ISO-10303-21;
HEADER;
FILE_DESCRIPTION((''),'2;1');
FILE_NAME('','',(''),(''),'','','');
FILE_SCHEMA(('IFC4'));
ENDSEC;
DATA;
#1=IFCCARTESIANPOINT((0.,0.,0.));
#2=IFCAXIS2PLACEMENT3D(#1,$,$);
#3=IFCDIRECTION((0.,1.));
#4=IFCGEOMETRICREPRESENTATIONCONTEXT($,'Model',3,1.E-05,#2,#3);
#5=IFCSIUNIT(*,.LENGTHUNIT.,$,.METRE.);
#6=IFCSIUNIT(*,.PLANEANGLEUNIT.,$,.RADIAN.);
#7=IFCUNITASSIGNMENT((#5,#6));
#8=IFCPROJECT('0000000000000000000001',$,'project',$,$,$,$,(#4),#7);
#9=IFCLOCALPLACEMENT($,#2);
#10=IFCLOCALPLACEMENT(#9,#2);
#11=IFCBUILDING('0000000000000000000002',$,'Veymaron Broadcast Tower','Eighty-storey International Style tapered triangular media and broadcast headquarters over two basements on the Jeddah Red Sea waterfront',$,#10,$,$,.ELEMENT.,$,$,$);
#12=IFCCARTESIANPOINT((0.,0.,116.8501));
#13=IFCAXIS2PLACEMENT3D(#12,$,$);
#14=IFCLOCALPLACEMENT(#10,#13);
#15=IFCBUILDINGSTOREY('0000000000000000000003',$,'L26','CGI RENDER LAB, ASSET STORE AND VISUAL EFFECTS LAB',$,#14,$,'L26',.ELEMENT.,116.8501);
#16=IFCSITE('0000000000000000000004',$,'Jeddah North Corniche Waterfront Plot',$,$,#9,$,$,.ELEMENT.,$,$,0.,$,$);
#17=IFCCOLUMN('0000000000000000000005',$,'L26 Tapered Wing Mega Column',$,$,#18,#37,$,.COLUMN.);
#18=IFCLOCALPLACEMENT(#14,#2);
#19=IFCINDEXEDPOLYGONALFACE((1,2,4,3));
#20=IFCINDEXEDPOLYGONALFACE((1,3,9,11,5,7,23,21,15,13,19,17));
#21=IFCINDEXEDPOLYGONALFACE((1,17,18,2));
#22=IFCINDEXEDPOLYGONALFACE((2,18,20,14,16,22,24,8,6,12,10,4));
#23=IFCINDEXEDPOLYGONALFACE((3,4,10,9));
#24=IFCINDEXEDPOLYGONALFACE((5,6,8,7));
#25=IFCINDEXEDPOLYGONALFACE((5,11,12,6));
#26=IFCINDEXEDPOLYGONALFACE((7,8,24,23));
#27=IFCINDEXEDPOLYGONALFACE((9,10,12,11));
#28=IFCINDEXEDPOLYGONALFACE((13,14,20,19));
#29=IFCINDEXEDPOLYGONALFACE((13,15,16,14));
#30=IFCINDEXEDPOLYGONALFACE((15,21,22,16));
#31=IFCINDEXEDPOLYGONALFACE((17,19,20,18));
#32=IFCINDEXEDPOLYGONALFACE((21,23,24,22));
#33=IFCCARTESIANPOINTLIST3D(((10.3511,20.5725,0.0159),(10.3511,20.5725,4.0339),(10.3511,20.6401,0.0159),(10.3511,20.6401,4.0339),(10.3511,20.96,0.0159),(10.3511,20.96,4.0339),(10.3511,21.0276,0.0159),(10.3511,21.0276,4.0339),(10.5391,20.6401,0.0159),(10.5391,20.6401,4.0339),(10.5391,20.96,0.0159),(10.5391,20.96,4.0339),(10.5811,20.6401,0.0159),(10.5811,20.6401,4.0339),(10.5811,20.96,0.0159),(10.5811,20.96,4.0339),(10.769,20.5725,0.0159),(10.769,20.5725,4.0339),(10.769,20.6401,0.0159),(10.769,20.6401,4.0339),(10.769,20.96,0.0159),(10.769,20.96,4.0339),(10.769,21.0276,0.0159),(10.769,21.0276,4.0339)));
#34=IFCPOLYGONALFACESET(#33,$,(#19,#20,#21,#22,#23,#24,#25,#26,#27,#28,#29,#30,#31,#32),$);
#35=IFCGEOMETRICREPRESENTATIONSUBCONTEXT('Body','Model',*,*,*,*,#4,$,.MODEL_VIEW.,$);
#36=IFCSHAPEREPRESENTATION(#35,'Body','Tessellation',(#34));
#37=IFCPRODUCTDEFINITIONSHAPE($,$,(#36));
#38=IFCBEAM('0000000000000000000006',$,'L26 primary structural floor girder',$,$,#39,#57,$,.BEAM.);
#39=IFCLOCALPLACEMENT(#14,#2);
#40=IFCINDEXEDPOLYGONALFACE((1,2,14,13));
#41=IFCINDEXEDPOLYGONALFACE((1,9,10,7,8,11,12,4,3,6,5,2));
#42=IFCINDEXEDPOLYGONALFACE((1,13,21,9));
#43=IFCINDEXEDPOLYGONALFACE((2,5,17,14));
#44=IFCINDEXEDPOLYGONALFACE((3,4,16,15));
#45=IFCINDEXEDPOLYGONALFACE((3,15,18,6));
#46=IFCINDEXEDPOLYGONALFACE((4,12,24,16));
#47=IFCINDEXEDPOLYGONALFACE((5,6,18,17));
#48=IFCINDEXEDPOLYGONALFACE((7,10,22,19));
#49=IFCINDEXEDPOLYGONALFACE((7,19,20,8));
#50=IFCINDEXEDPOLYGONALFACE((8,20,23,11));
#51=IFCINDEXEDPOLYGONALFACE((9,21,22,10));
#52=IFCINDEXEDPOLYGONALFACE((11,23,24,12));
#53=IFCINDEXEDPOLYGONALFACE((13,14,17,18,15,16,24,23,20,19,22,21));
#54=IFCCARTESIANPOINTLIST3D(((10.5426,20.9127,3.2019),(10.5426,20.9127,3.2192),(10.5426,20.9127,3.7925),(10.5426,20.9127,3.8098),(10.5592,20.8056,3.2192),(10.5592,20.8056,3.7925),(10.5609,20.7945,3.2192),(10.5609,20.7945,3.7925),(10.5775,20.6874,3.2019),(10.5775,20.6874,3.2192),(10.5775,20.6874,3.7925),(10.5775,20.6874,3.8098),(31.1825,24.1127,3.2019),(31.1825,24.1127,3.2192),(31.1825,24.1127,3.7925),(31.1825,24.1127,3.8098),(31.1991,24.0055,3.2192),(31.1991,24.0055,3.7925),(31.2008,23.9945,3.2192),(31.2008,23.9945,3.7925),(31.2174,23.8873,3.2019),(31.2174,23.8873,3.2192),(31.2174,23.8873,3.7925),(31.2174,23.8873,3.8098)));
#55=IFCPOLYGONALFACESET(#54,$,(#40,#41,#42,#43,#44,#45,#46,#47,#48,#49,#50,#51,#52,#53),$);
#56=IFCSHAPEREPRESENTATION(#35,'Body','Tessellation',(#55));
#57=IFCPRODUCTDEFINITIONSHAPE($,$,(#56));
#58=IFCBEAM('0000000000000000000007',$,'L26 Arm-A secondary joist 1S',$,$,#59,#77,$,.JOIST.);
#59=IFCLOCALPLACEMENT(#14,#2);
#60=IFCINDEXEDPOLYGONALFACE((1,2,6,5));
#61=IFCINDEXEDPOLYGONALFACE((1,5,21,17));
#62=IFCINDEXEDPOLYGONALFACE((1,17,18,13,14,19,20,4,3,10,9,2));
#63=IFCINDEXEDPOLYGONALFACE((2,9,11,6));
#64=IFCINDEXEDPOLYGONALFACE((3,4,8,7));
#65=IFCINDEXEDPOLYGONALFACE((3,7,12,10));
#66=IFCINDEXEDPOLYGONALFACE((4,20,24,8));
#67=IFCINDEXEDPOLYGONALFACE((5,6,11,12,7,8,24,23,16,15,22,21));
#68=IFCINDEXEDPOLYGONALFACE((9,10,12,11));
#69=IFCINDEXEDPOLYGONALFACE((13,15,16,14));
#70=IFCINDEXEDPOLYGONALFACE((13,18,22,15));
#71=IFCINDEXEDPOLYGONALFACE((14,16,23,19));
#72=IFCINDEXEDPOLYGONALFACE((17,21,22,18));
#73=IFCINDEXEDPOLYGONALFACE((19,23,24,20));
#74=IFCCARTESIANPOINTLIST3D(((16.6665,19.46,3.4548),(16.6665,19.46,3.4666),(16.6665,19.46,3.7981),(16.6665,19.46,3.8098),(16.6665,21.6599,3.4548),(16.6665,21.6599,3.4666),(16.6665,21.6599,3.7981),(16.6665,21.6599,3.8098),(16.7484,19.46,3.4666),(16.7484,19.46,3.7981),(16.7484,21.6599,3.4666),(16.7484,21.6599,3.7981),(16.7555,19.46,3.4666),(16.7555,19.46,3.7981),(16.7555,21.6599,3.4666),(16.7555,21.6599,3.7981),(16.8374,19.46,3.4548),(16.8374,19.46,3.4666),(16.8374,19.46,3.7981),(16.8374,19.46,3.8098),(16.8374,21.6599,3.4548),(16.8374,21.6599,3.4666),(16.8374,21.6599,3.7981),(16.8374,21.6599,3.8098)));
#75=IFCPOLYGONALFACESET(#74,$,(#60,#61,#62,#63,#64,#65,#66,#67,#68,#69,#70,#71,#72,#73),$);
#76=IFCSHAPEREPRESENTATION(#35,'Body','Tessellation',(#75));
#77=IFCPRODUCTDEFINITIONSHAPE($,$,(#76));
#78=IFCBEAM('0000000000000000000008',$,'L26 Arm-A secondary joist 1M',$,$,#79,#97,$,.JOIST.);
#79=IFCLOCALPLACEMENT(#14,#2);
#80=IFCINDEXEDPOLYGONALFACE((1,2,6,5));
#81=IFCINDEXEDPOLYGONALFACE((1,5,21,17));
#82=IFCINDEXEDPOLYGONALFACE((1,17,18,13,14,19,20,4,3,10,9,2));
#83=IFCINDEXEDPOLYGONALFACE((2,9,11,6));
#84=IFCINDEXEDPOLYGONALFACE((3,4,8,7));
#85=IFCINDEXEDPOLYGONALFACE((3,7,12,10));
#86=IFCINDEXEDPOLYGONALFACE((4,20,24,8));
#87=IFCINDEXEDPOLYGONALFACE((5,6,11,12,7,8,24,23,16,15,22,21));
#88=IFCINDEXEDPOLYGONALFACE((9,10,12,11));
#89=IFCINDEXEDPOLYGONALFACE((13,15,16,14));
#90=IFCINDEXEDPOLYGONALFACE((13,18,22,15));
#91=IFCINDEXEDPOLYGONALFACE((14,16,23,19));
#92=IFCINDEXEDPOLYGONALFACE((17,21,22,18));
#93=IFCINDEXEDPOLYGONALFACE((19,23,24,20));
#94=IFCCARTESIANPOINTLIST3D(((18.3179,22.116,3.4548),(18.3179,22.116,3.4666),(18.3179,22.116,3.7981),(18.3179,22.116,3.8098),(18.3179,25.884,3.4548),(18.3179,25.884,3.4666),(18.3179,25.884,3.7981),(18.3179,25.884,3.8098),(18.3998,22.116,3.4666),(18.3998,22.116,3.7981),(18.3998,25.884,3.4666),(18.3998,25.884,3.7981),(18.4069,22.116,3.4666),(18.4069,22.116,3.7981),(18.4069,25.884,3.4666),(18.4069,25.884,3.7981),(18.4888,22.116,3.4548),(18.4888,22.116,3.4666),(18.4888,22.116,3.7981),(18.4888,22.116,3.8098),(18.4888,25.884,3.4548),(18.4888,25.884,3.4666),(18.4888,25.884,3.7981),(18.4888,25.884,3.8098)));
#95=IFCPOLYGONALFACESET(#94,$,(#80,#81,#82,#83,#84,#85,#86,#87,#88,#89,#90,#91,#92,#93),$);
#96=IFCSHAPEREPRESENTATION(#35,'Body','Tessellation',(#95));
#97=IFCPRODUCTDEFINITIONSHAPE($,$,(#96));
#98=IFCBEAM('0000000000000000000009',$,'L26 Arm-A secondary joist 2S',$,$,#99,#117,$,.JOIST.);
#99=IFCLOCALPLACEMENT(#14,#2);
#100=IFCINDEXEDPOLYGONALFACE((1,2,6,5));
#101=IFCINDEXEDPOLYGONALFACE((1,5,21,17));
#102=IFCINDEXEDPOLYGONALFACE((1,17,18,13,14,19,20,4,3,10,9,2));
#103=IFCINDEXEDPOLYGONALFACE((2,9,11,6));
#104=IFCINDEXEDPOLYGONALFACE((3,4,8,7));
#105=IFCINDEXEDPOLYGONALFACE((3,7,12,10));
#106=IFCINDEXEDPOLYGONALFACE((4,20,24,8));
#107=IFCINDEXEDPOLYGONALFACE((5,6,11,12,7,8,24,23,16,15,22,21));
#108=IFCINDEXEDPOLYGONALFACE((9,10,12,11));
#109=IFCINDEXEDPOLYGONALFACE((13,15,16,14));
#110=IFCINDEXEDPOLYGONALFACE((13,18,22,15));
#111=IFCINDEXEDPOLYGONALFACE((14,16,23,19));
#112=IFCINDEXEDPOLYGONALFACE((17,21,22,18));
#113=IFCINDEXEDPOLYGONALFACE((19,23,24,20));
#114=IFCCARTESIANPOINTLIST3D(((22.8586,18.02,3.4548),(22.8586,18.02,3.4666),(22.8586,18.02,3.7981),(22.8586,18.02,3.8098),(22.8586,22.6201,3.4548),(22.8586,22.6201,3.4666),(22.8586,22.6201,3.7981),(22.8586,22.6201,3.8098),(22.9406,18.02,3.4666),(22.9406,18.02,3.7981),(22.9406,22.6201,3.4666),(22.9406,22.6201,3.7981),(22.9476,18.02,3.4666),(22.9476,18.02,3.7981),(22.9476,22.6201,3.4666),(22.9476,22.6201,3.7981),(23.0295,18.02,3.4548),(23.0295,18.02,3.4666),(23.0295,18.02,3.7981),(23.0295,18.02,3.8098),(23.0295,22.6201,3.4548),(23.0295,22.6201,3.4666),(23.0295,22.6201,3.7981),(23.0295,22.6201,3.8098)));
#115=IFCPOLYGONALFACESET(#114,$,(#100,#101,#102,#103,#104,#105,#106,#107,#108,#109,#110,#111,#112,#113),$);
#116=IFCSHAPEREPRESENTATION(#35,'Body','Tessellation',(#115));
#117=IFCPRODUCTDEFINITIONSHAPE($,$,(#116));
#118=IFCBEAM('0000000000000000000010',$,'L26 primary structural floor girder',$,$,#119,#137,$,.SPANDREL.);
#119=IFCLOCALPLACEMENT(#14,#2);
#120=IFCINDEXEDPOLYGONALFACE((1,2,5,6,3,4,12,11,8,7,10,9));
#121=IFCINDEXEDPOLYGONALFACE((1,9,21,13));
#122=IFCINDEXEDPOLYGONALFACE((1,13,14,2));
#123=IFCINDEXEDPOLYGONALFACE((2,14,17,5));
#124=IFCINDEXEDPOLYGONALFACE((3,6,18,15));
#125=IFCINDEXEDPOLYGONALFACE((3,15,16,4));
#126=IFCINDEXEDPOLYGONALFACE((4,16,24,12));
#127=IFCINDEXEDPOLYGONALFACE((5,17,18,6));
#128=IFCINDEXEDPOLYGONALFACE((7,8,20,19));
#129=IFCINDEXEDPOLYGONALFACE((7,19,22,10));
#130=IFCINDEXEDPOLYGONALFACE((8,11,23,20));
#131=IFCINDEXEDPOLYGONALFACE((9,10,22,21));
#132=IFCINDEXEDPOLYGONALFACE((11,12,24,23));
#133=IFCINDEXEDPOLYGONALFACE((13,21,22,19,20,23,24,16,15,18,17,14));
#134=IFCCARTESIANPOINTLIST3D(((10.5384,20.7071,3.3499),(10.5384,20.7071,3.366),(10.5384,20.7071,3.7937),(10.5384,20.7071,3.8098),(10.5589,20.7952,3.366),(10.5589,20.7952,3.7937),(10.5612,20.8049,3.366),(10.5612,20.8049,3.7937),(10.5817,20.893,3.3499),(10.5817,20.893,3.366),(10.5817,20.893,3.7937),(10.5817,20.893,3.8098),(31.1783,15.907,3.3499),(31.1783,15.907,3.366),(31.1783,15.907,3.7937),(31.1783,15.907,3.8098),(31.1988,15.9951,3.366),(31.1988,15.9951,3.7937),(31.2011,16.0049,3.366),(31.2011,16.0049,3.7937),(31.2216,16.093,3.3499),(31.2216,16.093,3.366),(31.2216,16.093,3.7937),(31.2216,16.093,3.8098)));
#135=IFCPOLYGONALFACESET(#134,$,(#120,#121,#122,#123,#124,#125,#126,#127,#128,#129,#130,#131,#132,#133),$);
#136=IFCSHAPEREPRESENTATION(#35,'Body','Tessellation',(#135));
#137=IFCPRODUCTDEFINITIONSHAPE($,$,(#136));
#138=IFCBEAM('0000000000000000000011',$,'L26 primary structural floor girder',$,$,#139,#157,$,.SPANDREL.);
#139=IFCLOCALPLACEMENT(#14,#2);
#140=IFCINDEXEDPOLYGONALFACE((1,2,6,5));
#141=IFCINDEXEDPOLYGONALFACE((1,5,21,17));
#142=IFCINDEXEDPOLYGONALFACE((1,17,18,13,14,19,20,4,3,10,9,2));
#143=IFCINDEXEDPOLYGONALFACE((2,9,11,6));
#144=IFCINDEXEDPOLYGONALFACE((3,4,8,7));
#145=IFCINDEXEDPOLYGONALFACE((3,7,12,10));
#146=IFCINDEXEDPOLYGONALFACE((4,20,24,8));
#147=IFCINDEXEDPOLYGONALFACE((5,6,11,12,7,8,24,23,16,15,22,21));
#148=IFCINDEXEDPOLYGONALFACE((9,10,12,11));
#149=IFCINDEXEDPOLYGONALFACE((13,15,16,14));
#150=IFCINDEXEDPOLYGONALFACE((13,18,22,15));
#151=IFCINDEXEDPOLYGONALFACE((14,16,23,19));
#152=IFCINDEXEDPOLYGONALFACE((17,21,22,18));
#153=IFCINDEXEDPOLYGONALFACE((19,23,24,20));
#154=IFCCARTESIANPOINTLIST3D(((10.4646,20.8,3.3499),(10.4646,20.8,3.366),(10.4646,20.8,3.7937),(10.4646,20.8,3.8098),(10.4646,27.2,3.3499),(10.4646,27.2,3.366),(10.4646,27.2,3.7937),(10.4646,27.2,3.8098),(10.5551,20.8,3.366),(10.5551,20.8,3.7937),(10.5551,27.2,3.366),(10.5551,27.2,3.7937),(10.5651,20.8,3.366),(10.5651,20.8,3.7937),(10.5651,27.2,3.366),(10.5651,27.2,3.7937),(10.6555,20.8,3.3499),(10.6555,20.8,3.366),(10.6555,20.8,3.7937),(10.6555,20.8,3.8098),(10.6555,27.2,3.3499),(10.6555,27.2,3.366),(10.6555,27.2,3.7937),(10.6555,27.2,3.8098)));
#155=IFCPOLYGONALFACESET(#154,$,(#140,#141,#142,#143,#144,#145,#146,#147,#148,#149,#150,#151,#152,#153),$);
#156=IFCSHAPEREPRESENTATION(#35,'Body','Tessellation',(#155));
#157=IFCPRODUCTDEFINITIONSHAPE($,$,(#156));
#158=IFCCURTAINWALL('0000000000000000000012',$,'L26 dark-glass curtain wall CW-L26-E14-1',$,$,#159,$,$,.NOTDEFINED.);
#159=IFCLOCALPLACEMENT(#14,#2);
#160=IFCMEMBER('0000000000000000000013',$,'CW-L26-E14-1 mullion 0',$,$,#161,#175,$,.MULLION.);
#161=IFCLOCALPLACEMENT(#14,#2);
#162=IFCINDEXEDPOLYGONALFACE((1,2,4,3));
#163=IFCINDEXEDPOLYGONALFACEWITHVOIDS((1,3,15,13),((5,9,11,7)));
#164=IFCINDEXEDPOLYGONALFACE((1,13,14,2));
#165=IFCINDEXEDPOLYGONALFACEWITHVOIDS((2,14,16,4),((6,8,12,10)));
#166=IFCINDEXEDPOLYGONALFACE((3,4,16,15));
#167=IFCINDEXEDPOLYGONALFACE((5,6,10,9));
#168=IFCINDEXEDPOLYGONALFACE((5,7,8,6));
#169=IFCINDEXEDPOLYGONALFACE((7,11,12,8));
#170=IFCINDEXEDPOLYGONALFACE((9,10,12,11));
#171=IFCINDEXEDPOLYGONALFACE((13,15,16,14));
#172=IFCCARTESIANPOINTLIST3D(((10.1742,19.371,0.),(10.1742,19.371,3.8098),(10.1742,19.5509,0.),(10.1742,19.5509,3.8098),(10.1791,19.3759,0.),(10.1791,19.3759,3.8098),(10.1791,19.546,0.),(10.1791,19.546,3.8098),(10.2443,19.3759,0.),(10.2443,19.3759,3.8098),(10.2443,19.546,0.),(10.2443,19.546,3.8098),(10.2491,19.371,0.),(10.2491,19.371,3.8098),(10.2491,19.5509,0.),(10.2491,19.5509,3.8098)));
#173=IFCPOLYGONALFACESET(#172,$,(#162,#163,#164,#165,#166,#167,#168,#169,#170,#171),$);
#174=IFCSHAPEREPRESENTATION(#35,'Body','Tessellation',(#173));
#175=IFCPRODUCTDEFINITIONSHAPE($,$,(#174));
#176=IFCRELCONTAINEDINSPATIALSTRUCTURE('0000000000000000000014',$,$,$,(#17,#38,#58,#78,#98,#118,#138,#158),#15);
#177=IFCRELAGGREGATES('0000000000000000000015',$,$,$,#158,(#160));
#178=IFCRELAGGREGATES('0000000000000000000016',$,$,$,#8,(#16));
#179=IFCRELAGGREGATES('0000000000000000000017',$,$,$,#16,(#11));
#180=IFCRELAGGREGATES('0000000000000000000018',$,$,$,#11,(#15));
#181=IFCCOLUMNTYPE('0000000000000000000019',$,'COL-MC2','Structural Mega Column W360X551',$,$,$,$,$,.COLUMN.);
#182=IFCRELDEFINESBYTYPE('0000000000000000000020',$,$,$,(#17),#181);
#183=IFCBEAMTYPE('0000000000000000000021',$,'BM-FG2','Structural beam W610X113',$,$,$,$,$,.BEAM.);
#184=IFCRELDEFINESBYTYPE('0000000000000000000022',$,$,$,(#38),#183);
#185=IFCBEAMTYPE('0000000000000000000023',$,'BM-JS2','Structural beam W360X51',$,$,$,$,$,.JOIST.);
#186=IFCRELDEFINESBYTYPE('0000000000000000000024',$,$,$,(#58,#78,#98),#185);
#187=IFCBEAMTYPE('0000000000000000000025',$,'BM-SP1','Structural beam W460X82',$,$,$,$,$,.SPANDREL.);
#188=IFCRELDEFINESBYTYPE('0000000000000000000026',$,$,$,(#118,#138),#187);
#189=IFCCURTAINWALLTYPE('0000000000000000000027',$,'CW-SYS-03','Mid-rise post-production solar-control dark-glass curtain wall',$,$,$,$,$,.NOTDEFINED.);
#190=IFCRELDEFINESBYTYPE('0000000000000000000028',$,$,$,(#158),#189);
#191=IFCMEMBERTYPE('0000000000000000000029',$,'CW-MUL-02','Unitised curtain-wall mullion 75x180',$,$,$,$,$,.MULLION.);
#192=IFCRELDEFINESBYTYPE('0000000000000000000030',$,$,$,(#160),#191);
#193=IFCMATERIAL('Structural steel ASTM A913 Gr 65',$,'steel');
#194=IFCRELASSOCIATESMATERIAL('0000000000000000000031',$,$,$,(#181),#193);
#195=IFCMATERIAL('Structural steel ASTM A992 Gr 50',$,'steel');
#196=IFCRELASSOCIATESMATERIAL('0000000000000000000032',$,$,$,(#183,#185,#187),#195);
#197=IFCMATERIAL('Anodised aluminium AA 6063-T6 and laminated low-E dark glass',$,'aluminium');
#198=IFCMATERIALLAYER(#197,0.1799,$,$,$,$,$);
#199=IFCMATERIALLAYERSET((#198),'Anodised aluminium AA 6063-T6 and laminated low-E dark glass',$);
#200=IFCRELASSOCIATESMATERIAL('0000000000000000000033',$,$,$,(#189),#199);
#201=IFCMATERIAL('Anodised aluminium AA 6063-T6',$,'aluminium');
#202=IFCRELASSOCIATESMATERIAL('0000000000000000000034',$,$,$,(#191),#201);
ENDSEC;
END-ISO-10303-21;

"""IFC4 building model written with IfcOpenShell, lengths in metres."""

from ifc_helpers import new_model, si_unit, direction, frame, origin, origin_2d, place, context, subcontext, project, spatial, hollow_rectangle, i_section, extrude, material, layer, layer_set, material_profile, profile_set, type_object, element, aggregate, save


model = new_model("IFC4")

# Units and contexts
model_context = context("Model", 3, precision=1e-05, world=origin(), true_north=direction((0.0, 1.0)))
body_context = subcontext(model_context, "Body", "Model", "MODEL_VIEW")
ifc_project = project(units=[si_unit("LENGTHUNIT", "METRE"), si_unit("PLANEANGLEUNIT", "RADIAN")], contexts=[model_context])

# Site, building, storey
site_placement = place(None, origin())
site = spatial("IfcSite", under=ifc_project, at=site_placement, Name="Jeddah North Corniche Waterfront Plot", CompositionType="ELEMENT", RefElevation=0.0)
building_placement = place(site_placement, origin())
building = spatial("IfcBuilding", under=site, at=building_placement, Name="Veymaron Broadcast Tower", Description="Eighty-storey International Style tapered triangular media and broadcast headquarters over two basements on the Jeddah Red Sea waterfront", CompositionType="ELEMENT")
storey_placement = place(building_placement, frame((0.0, 0.0, 116.8501)))
storey = spatial("IfcBuildingStorey", under=building, at=storey_placement, Name="L26", Description="CGI RENDER LAB, ASSET STORE AND VISUAL EFFECTS LAB", LongName="L26", CompositionType="ELEMENT", Elevation=116.8501)

# Column
ifc_material_1 = material(Name="Structural steel ASTM A913 Gr 65", Category="steel")
ifc_material_profile_1 = material_profile(ifc_material_1, i_section(OverallWidth=0.418, OverallDepth=0.4551, WebThickness=0.042, FlangeThickness=0.0676, at=origin_2d()), Name="W360X551")
ifc_profile_set_1 = profile_set([ifc_material_profile_1], Name="Structural steel ASTM A913 Gr 65")
column_type = type_object("IfcColumnType", Name="COL-MC2", Description="Structural Mega Column W360X551", PredefinedType="COLUMN", material=ifc_profile_set_1)
column_placement = place(storey_placement, frame((10.5601, 20.8, 0.0159), z_axis=(0.0, 0.0, 1.0), x_axis=(1.0, 0.0, 0.0)))
element("IfcColumn", 1, at=column_placement, inside=storey, type_object=column_type, Name="L26 Tapered Wing Mega Column", PredefinedType="COLUMN", context=body_context, shape_type="SweptSolid", body=[
    extrude(i_section(OverallWidth=0.418, OverallDepth=0.4551, WebThickness=0.042, FlangeThickness=0.0676, at=origin_2d()), origin(), (0.0, 0.0, 1.0), 4.0181),
])

# Beams
ifc_material_2 = material(Name="Structural steel ASTM A992 Gr 50", Category="steel")
ifc_material_profile_2 = material_profile(ifc_material_2, i_section(OverallWidth=0.228, OverallDepth=0.6079, WebThickness=0.0112, FlangeThickness=0.0173, at=origin_2d()), Name="W610X113")
ifc_profile_set_2 = profile_set([ifc_material_profile_2], Name="Structural steel ASTM A992 Gr 50")
beam_type_1 = type_object("IfcBeamType", Name="BM-FG2", Description="Structural beam W610X113", PredefinedType="BEAM", material=ifc_profile_set_2)
beam_1_placement = place(storey_placement, frame((10.5601, 20.8, 3.5059), z_axis=(0.988194, 0.153207, 0.0), x_axis=(-0.153207, 0.988194, 0.0)))
element("IfcBeam", 2, at=beam_1_placement, inside=storey, type_object=beam_type_1, Name="L26 primary structural floor girder", PredefinedType="BEAM", context=body_context, shape_type="SweptSolid", body=[
    extrude(i_section(OverallWidth=0.228, OverallDepth=0.6079, WebThickness=0.0112, FlangeThickness=0.0173, at=origin_2d()), origin(), (0.0, 0.0, 1.0), 20.8865),
])
ifc_material_profile_3 = material_profile(ifc_material_2, i_section(OverallWidth=0.1709, OverallDepth=0.355, WebThickness=0.0071, FlangeThickness=0.0117, at=origin_2d()), Name="W360X51")
ifc_profile_set_3 = profile_set([ifc_material_profile_3], Name="Structural steel ASTM A992 Gr 50")
beam_type_2 = type_object("IfcBeamType", Name="BM-JS2", Description="Structural beam W360X51", PredefinedType="JOIST", material=ifc_profile_set_3)
beam_2_placement = place(storey_placement, frame((16.752, 19.46, 3.6323), z_axis=(0.0, 1.0, 0.0), x_axis=(-1.0, 0.0, 0.0)))
element("IfcBeam", 3, at=beam_2_placement, inside=storey, type_object=beam_type_2, Name="L26 Arm-A secondary joist 1S", PredefinedType="JOIST", context=body_context, shape_type="SweptSolid", body=[
    extrude(i_section(OverallWidth=0.1709, OverallDepth=0.355, WebThickness=0.0071, FlangeThickness=0.0117, at=origin_2d()), origin(), (0.0, 0.0, 1.0), 2.2),
])
beam_3_placement = place(storey_placement, frame((18.4033, 22.116, 3.6323), z_axis=(0.0, 1.0, 0.0), x_axis=(-1.0, 0.0, 0.0)))
element("IfcBeam", 4, at=beam_3_placement, inside=storey, type_object=beam_type_2, Name="L26 Arm-A secondary joist 1M", PredefinedType="JOIST", context=body_context, shape_type="SweptSolid", body=[
    extrude(i_section(OverallWidth=0.1709, OverallDepth=0.355, WebThickness=0.0071, FlangeThickness=0.0117, at=origin_2d()), origin(), (0.0, 0.0, 1.0), 3.7681),
])
beam_4_placement = place(storey_placement, frame((22.9441, 18.02, 3.6323), z_axis=(0.0, 1.0, 0.0), x_axis=(-1.0, 0.0, 0.0)))
element("IfcBeam", 5, at=beam_4_placement, inside=storey, type_object=beam_type_2, Name="L26 Arm-A secondary joist 2S", PredefinedType="JOIST", context=body_context, shape_type="SweptSolid", body=[
    extrude(i_section(OverallWidth=0.1709, OverallDepth=0.355, WebThickness=0.0071, FlangeThickness=0.0117, at=origin_2d()), origin(), (0.0, 0.0, 1.0), 4.6001),
])
ifc_material_profile_4 = material_profile(ifc_material_2, i_section(OverallWidth=0.1909, OverallDepth=0.46, WebThickness=0.01, FlangeThickness=0.0161, at=origin_2d()), Name="W460X82")
ifc_profile_set_4 = profile_set([ifc_material_profile_4], Name="Structural steel ASTM A992 Gr 50")
beam_type_3 = type_object("IfcBeamType", Name="BM-SP1", Description="Structural beam W460X82", PredefinedType="SPANDREL", material=ifc_profile_set_4)
beam_5_placement = place(storey_placement, frame((10.5601, 20.8, 3.5798), z_axis=(0.974007, -0.226517, 0.0), x_axis=(0.226517, 0.974007, 0.0)))
element("IfcBeam", 6, at=beam_5_placement, inside=storey, type_object=beam_type_3, Name="L26 primary structural floor girder", PredefinedType="SPANDREL", context=body_context, shape_type="SweptSolid", body=[
    extrude(i_section(OverallWidth=0.1909, OverallDepth=0.46, WebThickness=0.01, FlangeThickness=0.0161, at=origin_2d()), origin(), (0.0, 0.0, 1.0), 21.1907),
])
beam_6_placement = place(storey_placement, frame((10.5601, 20.8, 3.5798), z_axis=(0.0, 1.0, 0.0), x_axis=(-1.0, 0.0, 0.0)))
element("IfcBeam", 7, at=beam_6_placement, inside=storey, type_object=beam_type_3, Name="L26 primary structural floor girder", PredefinedType="SPANDREL", context=body_context, shape_type="SweptSolid", body=[
    extrude(i_section(OverallWidth=0.1909, OverallDepth=0.46, WebThickness=0.01, FlangeThickness=0.0161, at=origin_2d()), origin(), (0.0, 0.0, 1.0), 6.3999),
])

# Curtain wall, member
ifc_material_3 = material(Name="Anodised aluminium AA 6063-T6 and laminated low-E dark glass", Category="aluminium")
ifc_layer_1 = layer(ifc_material_3, 0.1799)
ifc_layer_set_1 = layer_set([ifc_layer_1], Name="Anodised aluminium AA 6063-T6 and laminated low-E dark glass")
curtain_wall_type = type_object("IfcCurtainWallType", Name="CW-SYS-03", Description="Mid-rise post-production solar-control dark-glass curtain wall", PredefinedType="NOTDEFINED", material=ifc_layer_set_1)
curtain_wall_placement = place(storey_placement, origin())
curtain_wall = element("IfcCurtainWall", 8, at=curtain_wall_placement, inside=storey, type_object=curtain_wall_type, Name="L26 dark-glass curtain wall CW-L26-E14-1", PredefinedType="NOTDEFINED")
ifc_material_4 = material(Name="Anodised aluminium AA 6063-T6", Category="aluminium")
ifc_material_profile_5 = material_profile(ifc_material_4, hollow_rectangle(XDim=0.075, YDim=0.1799, WallThickness=0.0049, at=origin_2d()), Name="AL180X75X5")
ifc_profile_set_5 = profile_set([ifc_material_profile_5], Name="Anodised aluminium AA 6063-T6")
member_type_1 = type_object("IfcMemberType", Name="CW-MUL-02", Description="Unitised curtain-wall mullion 75x180", PredefinedType="MULLION", material=ifc_profile_set_5)
member_1_placement = place(storey_placement, frame((10.2117, 19.4609, 0.0), z_axis=(0.0, 0.0, 1.0), x_axis=(1.0, 0.0, 0.0)))
member_1 = element("IfcMember", 9, at=member_1_placement, type_object=member_type_1, Name="CW-L26-E14-1 mullion 0", PredefinedType="MULLION", context=body_context, shape_type="SweptSolid", body=[
    extrude(hollow_rectangle(XDim=0.075, YDim=0.1799, WallThickness=0.0049, at=origin_2d()), origin(), (0.0, 0.0, 1.0), 3.8098),
])
aggregate(curtain_wall, [member_1])

save(model, "model.ifc")
